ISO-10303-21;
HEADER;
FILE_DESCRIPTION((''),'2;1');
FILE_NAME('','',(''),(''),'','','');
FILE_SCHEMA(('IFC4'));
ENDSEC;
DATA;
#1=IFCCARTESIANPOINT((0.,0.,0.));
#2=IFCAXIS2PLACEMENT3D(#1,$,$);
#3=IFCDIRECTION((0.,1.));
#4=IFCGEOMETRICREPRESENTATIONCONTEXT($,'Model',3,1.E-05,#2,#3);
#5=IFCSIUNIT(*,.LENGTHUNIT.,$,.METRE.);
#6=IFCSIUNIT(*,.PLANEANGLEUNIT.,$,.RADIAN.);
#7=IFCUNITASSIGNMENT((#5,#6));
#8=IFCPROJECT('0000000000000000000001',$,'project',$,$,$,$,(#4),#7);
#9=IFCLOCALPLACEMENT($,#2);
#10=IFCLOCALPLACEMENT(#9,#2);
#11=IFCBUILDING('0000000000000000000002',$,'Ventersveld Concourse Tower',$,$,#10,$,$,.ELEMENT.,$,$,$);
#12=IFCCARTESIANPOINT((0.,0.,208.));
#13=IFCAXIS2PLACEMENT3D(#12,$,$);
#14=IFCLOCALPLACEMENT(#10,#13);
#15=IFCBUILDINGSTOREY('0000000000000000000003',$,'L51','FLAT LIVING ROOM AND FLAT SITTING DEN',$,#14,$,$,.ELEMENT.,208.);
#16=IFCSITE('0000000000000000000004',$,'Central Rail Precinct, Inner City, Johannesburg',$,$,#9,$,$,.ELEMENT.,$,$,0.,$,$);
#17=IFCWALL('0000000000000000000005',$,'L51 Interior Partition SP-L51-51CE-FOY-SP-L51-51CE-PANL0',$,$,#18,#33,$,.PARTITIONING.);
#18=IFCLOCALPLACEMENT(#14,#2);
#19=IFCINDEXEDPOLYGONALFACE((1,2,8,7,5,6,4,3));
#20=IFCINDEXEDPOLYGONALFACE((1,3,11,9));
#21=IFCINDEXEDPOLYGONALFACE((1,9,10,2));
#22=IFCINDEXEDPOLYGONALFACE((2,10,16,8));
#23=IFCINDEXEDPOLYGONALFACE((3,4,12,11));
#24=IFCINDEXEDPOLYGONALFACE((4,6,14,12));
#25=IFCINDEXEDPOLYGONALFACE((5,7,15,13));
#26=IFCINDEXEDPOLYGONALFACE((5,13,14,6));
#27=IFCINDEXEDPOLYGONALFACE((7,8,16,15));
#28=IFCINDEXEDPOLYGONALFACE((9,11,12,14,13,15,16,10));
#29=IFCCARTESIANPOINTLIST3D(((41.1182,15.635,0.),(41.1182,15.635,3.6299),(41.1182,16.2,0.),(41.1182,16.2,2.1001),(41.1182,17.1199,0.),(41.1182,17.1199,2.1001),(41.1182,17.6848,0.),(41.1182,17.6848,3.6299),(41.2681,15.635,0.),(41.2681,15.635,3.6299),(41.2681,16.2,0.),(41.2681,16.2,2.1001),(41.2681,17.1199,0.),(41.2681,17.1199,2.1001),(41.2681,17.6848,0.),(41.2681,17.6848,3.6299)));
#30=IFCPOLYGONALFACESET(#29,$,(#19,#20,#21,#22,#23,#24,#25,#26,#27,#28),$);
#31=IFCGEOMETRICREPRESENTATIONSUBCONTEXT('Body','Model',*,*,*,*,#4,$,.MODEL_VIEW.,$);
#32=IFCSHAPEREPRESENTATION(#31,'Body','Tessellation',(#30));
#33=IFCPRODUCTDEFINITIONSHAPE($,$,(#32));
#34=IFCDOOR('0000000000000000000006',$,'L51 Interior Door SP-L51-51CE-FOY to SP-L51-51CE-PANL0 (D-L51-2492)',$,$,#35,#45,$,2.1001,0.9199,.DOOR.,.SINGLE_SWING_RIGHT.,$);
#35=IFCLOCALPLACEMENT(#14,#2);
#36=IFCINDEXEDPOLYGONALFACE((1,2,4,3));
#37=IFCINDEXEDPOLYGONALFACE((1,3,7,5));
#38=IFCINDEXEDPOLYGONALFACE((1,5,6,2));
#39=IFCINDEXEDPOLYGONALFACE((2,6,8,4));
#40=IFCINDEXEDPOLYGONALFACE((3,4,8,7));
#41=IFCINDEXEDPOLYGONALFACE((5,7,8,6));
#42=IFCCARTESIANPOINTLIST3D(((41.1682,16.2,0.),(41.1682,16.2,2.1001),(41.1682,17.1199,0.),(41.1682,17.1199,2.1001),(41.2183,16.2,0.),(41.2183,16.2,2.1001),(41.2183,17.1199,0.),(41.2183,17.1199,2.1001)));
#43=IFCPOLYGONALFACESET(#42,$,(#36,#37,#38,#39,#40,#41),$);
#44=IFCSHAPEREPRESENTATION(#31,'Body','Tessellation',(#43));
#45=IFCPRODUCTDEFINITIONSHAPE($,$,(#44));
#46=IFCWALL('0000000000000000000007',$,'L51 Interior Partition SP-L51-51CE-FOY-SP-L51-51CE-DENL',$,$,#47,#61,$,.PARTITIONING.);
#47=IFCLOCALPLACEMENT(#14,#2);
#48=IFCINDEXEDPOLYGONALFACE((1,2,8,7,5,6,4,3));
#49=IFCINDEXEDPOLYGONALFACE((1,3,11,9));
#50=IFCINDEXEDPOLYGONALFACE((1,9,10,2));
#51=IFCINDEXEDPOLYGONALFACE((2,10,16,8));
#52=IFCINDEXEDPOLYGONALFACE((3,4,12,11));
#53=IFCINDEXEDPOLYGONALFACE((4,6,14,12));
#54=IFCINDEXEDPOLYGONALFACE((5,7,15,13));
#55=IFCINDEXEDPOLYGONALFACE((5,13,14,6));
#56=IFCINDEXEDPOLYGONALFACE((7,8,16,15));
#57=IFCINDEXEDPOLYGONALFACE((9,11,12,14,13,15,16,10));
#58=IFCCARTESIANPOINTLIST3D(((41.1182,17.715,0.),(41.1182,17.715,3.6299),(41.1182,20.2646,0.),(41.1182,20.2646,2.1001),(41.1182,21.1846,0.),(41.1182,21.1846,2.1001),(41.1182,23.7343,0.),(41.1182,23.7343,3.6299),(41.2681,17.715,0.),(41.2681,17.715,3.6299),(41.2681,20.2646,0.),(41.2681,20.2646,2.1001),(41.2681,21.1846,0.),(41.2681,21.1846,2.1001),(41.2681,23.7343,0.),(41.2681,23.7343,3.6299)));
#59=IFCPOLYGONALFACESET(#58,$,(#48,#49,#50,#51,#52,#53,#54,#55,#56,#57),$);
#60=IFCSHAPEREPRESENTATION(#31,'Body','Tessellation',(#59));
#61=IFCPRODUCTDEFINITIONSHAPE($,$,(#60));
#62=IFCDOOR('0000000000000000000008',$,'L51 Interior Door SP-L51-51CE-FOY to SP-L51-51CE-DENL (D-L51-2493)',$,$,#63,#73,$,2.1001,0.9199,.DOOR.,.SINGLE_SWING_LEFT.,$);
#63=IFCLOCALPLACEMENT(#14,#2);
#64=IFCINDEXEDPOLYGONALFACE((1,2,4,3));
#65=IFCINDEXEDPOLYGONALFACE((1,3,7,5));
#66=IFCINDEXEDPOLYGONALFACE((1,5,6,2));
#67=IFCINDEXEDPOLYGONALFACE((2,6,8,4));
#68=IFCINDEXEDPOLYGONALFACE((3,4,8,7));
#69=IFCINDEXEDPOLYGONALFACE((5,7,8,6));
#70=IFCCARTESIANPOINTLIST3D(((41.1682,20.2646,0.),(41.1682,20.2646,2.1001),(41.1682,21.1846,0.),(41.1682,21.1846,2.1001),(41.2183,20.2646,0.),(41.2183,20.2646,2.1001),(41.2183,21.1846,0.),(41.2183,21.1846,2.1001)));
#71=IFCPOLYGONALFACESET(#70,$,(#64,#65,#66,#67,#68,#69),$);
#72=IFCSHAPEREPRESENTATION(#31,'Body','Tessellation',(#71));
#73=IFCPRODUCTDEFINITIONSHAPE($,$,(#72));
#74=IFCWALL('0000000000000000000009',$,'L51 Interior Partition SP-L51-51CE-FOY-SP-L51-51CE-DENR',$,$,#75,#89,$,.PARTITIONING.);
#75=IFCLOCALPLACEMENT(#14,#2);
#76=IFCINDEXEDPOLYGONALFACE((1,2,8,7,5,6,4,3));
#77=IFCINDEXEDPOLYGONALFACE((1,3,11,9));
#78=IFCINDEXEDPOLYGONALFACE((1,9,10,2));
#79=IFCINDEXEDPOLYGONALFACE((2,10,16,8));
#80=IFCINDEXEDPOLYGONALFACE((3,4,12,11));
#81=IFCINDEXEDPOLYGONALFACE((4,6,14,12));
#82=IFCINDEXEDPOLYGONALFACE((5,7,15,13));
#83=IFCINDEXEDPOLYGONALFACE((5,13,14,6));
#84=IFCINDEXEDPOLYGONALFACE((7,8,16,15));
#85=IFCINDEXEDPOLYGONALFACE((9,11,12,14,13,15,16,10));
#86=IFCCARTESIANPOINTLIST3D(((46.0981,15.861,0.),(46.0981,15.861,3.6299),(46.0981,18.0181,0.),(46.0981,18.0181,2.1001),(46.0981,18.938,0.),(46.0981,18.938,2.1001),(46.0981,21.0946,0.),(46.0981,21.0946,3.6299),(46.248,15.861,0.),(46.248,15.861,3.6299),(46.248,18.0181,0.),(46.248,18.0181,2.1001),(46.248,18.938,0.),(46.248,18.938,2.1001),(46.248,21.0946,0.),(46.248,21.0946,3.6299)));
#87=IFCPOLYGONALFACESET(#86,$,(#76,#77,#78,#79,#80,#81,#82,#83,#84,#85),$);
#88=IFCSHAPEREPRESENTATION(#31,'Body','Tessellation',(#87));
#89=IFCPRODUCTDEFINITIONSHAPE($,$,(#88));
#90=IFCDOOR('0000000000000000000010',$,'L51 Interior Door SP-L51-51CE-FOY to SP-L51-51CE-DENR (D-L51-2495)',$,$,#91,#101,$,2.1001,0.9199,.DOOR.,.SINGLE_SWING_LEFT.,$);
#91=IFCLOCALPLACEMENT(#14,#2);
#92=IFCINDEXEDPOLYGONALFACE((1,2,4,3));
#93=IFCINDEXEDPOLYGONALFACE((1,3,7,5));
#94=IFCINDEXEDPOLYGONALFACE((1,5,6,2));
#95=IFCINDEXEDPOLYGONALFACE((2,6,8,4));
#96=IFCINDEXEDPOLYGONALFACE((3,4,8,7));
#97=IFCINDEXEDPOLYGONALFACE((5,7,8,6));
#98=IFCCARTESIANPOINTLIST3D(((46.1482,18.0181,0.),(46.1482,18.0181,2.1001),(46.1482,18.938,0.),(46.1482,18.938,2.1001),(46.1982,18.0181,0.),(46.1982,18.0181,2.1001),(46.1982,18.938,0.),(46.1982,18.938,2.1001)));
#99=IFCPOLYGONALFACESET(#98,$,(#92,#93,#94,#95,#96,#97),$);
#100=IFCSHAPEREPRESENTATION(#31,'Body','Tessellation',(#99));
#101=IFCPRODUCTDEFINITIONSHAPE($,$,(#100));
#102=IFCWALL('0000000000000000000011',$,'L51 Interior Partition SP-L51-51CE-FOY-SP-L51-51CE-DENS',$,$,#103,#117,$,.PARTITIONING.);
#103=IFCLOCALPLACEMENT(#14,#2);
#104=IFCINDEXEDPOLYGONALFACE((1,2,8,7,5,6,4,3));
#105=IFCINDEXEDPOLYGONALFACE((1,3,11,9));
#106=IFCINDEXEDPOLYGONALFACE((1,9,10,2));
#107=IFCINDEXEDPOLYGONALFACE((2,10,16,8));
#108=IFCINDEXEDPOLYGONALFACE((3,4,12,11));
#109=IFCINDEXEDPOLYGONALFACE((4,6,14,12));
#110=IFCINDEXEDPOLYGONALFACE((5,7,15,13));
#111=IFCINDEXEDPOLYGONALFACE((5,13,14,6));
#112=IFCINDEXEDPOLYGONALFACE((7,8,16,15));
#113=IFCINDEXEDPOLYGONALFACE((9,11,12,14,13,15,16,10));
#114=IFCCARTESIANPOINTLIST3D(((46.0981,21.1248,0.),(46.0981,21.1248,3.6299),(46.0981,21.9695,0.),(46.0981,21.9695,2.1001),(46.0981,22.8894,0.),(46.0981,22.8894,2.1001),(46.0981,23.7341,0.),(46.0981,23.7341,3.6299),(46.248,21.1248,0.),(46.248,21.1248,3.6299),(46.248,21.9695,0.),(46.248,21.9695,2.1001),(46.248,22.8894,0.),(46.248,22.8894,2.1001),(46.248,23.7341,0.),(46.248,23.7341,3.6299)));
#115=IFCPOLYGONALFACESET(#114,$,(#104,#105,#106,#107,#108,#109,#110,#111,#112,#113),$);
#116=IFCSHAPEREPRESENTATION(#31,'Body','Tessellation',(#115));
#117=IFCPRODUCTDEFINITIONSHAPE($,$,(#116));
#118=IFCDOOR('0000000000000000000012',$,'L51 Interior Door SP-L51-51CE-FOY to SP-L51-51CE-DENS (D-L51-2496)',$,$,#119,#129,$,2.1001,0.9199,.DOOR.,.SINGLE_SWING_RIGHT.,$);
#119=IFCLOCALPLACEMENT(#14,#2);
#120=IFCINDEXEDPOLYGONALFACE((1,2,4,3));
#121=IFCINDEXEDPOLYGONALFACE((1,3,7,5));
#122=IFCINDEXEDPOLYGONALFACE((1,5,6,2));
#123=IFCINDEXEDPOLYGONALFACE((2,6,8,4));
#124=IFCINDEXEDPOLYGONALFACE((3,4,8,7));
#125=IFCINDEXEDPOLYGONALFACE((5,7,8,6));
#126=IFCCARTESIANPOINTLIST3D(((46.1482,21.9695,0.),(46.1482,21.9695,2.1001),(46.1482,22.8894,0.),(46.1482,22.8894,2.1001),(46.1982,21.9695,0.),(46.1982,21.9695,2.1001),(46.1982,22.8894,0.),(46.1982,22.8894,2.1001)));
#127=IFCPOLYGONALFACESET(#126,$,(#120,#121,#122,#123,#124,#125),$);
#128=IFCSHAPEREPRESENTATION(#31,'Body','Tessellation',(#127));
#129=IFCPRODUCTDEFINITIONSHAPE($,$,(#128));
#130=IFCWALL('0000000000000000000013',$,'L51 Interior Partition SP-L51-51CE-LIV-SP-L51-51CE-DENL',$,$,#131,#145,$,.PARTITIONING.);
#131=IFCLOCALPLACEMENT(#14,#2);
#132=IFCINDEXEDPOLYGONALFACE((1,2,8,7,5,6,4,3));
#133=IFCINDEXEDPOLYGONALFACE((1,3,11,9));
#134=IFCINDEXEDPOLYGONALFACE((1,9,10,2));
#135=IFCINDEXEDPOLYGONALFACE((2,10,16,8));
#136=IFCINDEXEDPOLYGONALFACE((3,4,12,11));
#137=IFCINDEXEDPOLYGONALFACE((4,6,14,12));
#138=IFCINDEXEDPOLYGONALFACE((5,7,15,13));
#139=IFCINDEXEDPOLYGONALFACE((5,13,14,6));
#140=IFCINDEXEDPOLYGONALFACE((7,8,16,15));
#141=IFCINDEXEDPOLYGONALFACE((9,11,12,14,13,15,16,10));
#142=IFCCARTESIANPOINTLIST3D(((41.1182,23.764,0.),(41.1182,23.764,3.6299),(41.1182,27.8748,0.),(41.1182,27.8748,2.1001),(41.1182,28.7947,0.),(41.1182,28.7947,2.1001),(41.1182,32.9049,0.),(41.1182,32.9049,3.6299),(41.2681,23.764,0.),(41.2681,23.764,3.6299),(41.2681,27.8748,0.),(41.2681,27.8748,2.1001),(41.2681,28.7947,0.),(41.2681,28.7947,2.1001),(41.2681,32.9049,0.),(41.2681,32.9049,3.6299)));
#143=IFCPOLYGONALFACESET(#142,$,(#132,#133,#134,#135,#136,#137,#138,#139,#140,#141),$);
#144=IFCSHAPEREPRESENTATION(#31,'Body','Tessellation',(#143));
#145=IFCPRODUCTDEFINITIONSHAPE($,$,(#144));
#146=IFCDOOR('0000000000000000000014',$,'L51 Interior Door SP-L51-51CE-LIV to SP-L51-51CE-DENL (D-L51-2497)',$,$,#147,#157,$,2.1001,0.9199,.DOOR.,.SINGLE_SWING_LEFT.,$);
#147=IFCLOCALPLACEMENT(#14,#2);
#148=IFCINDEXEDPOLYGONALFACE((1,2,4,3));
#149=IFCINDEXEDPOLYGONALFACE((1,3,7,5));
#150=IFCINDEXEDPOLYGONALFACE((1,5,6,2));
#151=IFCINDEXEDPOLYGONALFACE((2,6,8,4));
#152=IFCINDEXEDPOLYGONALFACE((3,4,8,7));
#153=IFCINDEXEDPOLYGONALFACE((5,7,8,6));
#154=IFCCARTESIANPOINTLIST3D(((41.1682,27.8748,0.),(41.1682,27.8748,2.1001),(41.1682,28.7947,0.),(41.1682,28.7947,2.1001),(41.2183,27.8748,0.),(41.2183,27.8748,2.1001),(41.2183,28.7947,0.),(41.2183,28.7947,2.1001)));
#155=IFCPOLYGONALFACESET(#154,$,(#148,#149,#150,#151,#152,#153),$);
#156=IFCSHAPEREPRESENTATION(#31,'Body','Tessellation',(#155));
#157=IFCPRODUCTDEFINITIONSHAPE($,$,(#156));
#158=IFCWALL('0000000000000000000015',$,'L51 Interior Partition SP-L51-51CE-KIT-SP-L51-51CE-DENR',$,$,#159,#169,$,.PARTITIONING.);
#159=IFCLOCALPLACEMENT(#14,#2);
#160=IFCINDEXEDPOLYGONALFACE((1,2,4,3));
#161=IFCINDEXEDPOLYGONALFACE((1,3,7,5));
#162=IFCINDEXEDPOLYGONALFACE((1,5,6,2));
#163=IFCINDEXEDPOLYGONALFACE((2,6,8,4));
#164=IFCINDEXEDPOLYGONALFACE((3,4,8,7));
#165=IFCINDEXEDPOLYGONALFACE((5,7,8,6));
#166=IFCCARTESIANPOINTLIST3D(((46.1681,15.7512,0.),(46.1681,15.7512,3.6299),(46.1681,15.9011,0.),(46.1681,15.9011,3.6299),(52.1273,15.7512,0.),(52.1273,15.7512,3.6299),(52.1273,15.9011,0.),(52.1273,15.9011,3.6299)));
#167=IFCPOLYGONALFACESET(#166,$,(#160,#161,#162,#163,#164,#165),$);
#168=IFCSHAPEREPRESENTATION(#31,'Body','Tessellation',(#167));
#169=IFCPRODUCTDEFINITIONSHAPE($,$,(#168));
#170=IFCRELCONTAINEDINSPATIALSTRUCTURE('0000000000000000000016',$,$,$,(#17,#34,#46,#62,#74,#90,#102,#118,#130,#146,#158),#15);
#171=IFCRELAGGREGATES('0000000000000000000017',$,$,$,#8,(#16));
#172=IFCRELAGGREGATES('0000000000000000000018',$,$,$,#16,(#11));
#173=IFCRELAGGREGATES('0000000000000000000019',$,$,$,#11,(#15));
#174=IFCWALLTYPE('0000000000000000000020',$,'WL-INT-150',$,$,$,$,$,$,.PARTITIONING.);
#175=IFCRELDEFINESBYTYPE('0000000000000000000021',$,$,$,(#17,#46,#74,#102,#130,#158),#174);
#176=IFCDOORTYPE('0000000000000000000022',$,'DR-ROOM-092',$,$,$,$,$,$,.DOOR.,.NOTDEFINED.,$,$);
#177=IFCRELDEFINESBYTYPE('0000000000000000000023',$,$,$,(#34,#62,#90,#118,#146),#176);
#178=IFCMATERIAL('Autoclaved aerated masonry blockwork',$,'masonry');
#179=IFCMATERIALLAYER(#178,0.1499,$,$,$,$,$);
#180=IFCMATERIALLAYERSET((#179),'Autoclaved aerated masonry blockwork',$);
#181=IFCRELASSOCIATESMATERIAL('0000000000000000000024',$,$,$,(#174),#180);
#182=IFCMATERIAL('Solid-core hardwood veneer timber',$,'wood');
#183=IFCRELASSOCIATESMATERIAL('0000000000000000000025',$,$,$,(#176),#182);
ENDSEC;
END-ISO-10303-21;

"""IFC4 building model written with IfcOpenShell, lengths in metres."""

from ifc_helpers import new_model, si_unit, direction, frame, frame_2d, origin, place, context, subcontext, project, spatial, rectangle, extrude, material, layer, layer_set, type_object, element, fill, save


model = new_model("IFC4")

# Units and contexts
model_context = context("Model", 3, precision=1e-05, world=origin(), true_north=direction((0.0, 1.0)))
body_context = subcontext(model_context, "Body", "Model", "MODEL_VIEW")
ifc_project = project(units=[si_unit("LENGTHUNIT", "METRE"), si_unit("PLANEANGLEUNIT", "RADIAN")], contexts=[model_context])

# Site, building, storey
site_placement = place(None, origin())
site = spatial("IfcSite", under=ifc_project, at=site_placement, Name="Central Rail Precinct, Inner City, Johannesburg", CompositionType="ELEMENT", RefElevation=0.0)
building_placement = place(site_placement, origin())
building = spatial("IfcBuilding", under=site, at=building_placement, Name="Ventersveld Concourse Tower", CompositionType="ELEMENT")
storey_placement = place(building_placement, frame((0.0, 0.0, 208.0)))
storey = spatial("IfcBuildingStorey", under=building, at=storey_placement, Name="L51", Description="FLAT LIVING ROOM AND FLAT SITTING DEN", CompositionType="ELEMENT", Elevation=208.0)

# Walls, openings, doors
ifc_material_1 = material(Name="Autoclaved aerated masonry blockwork", Category="masonry")
ifc_layer = layer(ifc_material_1, 0.1499)
ifc_layer_set = layer_set([ifc_layer], Name="Autoclaved aerated masonry blockwork")
wall_type = type_object("IfcWallType", Name="WL-INT-150", PredefinedType="PARTITIONING", material=ifc_layer_set)
ifc_material_2 = material(Name="Solid-core hardwood veneer timber", Category="wood")
door_type = type_object("IfcDoorType", Name="DR-ROOM-092", OperationType="NOTDEFINED", PredefinedType="DOOR", material=ifc_material_2)
wall_1_placement = place(storey_placement, frame((41.1931, 15.635, 0.0), z_axis=(0.0, 0.0, 1.0), x_axis=(0.0, 1.0, 0.0)))
wall_1 = element("IfcWall", 1, at=wall_1_placement, inside=storey, type_object=wall_type, Name="L51 Interior Partition SP-L51-51CE-FOY-SP-L51-51CE-PANL0", PredefinedType="PARTITIONING", context=body_context, shape_type="SweptSolid", body=[
    extrude(rectangle(XDim=2.0498, YDim=0.1499, at=frame_2d((1.0249, 0.0))), origin(), (0.0, 0.0, 1.0), 3.6299),
])
opening_1_placement = place(wall_1_placement, frame((0.5649, 0.0, 0.0)))
opening_1 = element("IfcOpeningElement", 2, at=opening_1_placement, cuts=wall_1, PredefinedType="OPENING", context=body_context, shape_type="SweptSolid", body=[
    extrude(rectangle(XDim=0.9199, YDim=2.1001, at=frame_2d((0.46, 1.05))), frame((0.0, 0.085, 0.0), z_axis=(0.0, -1.0, 0.0), x_axis=(1.0, 0.0, 0.0)), (0.0, 0.0, 1.0), 0.1699),
])
door_1_placement = place(opening_1_placement, origin())
door_1 = element("IfcDoor", 3, at=door_1_placement, inside=storey, type_object=door_type, Name="L51 Interior Door SP-L51-51CE-FOY to SP-L51-51CE-PANL0 (D-L51-2492)", OperationType="SINGLE_SWING_RIGHT", OverallHeight=2.1001, OverallWidth=0.9199, PredefinedType="DOOR", context=body_context, shape_type="SweptSolid", body=[
    extrude(rectangle(XDim=0.9199, YDim=2.1001, at=frame_2d((0.46, 1.05))), frame((0.0, 0.0249, 0.0), z_axis=(0.0, -1.0, 0.0), x_axis=(1.0, 0.0, 0.0)), (0.0, 0.0, 1.0), 0.05),
])
fill(opening_1, door_1)
wall_2_placement = place(storey_placement, frame((41.1931, 17.7148, 0.0), z_axis=(0.0, 0.0, 1.0), x_axis=(0.0, 1.0, 0.0)))
wall_2 = element("IfcWall", 4, at=wall_2_placement, inside=storey, type_object=wall_type, Name="L51 Interior Partition SP-L51-51CE-FOY-SP-L51-51CE-DENL", PredefinedType="PARTITIONING", context=body_context, shape_type="SweptSolid", body=[
    extrude(rectangle(XDim=6.0193, YDim=0.1499, at=frame_2d((3.0098, 0.0))), origin(), (0.0, 0.0, 1.0), 3.6299),
])
opening_2_placement = place(wall_2_placement, frame((2.5498, 0.0, 0.0)))
opening_2 = element("IfcOpeningElement", 5, at=opening_2_placement, cuts=wall_2, PredefinedType="OPENING", context=body_context, shape_type="SweptSolid", body=[
    extrude(rectangle(XDim=0.9199, YDim=2.1001, at=frame_2d((0.46, 1.05))), frame((0.0, 0.085, 0.0), z_axis=(0.0, -1.0, 0.0), x_axis=(1.0, 0.0, 0.0)), (0.0, 0.0, 1.0), 0.1699),
])
door_2_placement = place(opening_2_placement, origin())
door_2 = element("IfcDoor", 6, at=door_2_placement, inside=storey, type_object=door_type, Name="L51 Interior Door SP-L51-51CE-FOY to SP-L51-51CE-DENL (D-L51-2493)", OperationType="SINGLE_SWING_LEFT", OverallHeight=2.1001, OverallWidth=0.9199, PredefinedType="DOOR", context=body_context, shape_type="SweptSolid", body=[
    extrude(rectangle(XDim=0.9199, YDim=2.1001, at=frame_2d((0.46, 1.05))), frame((0.0, 0.0249, 0.0), z_axis=(0.0, -1.0, 0.0), x_axis=(1.0, 0.0, 0.0)), (0.0, 0.0, 1.0), 0.05),
])
fill(opening_2, door_2)
wall_3_placement = place(storey_placement, frame((46.1731, 15.8611, 0.0), z_axis=(0.0, 0.0, 1.0), x_axis=(0.0, 1.0, 0.0)))
wall_3 = element("IfcWall", 7, at=wall_3_placement, inside=storey, type_object=wall_type, Name="L51 Interior Partition SP-L51-51CE-FOY-SP-L51-51CE-DENR", PredefinedType="PARTITIONING", context=body_context, shape_type="SweptSolid", body=[
    extrude(rectangle(XDim=5.2336, YDim=0.1499, at=frame_2d((2.6167, 0.0))), origin(), (0.0, 0.0, 1.0), 3.6299),
])
opening_3_placement = place(wall_3_placement, frame((2.157, 0.0, 0.0)))
opening_3 = element("IfcOpeningElement", 8, at=opening_3_placement, cuts=wall_3, PredefinedType="OPENING", context=body_context, shape_type="SweptSolid", body=[
    extrude(rectangle(XDim=0.9199, YDim=2.1001, at=frame_2d((0.46, 1.05))), frame((0.0, 0.085, 0.0), z_axis=(0.0, -1.0, 0.0), x_axis=(1.0, 0.0, 0.0)), (0.0, 0.0, 1.0), 0.1699),
])
door_3_placement = place(opening_3_placement, origin())
door_3 = element("IfcDoor", 9, at=door_3_placement, inside=storey, type_object=door_type, Name="L51 Interior Door SP-L51-51CE-FOY to SP-L51-51CE-DENR (D-L51-2495)", OperationType="SINGLE_SWING_LEFT", OverallHeight=2.1001, OverallWidth=0.9199, PredefinedType="DOOR", context=body_context, shape_type="SweptSolid", body=[
    extrude(rectangle(XDim=0.9199, YDim=2.1001, at=frame_2d((0.46, 1.05))), frame((0.0, 0.0249, 0.0), z_axis=(0.0, -1.0, 0.0), x_axis=(1.0, 0.0, 0.0)), (0.0, 0.0, 1.0), 0.05),
])
fill(opening_3, door_3)
wall_4_placement = place(storey_placement, frame((46.1731, 21.1248, 0.0), z_axis=(0.0, 0.0, 1.0), x_axis=(0.0, 1.0, 0.0)))
wall_4 = element("IfcWall", 10, at=wall_4_placement, inside=storey, type_object=wall_type, Name="L51 Interior Partition SP-L51-51CE-FOY-SP-L51-51CE-DENS", PredefinedType="PARTITIONING", context=body_context, shape_type="SweptSolid", body=[
    extrude(rectangle(XDim=2.6094, YDim=0.1499, at=frame_2d((1.3047, 0.0))), origin(), (0.0, 0.0, 1.0), 3.6299),
])
opening_4_placement = place(wall_4_placement, frame((0.8447, 0.0, 0.0)))
opening_4 = element("IfcOpeningElement", 11, at=opening_4_placement, cuts=wall_4, PredefinedType="OPENING", context=body_context, shape_type="SweptSolid", body=[
    extrude(rectangle(XDim=0.9199, YDim=2.1001, at=frame_2d((0.46, 1.05))), frame((0.0, 0.085, 0.0), z_axis=(0.0, -1.0, 0.0), x_axis=(1.0, 0.0, 0.0)), (0.0, 0.0, 1.0), 0.1699),
])
door_4_placement = place(opening_4_placement, origin())
door_4 = element("IfcDoor", 12, at=door_4_placement, inside=storey, type_object=door_type, Name="L51 Interior Door SP-L51-51CE-FOY to SP-L51-51CE-DENS (D-L51-2496)", OperationType="SINGLE_SWING_RIGHT", OverallHeight=2.1001, OverallWidth=0.9199, PredefinedType="DOOR", context=body_context, shape_type="SweptSolid", body=[
    extrude(rectangle(XDim=0.9199, YDim=2.1001, at=frame_2d((0.46, 1.05))), frame((0.0, 0.0249, 0.0), z_axis=(0.0, -1.0, 0.0), x_axis=(1.0, 0.0, 0.0)), (0.0, 0.0, 1.0), 0.05),
])
fill(opening_4, door_4)
wall_5_placement = place(storey_placement, frame((41.1931, 23.7642, 0.0), z_axis=(0.0, 0.0, 1.0), x_axis=(0.0, 1.0, 0.0)))
wall_5 = element("IfcWall", 13, at=wall_5_placement, inside=storey, type_object=wall_type, Name="L51 Interior Partition SP-L51-51CE-LIV-SP-L51-51CE-DENL", PredefinedType="PARTITIONING", context=body_context, shape_type="SweptSolid", body=[
    extrude(rectangle(XDim=9.1409, YDim=0.1499, at=frame_2d((4.5703, 0.0))), origin(), (0.0, 0.0, 1.0), 3.6299),
])
opening_5_placement = place(wall_5_placement, frame((4.1106, 0.0, 0.0)))
opening_5 = element("IfcOpeningElement", 14, at=opening_5_placement, cuts=wall_5, PredefinedType="OPENING", context=body_context, shape_type="SweptSolid", body=[
    extrude(rectangle(XDim=0.9199, YDim=2.1001, at=frame_2d((0.46, 1.05))), frame((0.0, 0.085, 0.0), z_axis=(0.0, -1.0, 0.0), x_axis=(1.0, 0.0, 0.0)), (0.0, 0.0, 1.0), 0.1699),
])
door_5_placement = place(opening_5_placement, origin())
door_5 = element("IfcDoor", 15, at=door_5_placement, inside=storey, type_object=door_type, Name="L51 Interior Door SP-L51-51CE-LIV to SP-L51-51CE-DENL (D-L51-2497)", OperationType="SINGLE_SWING_LEFT", OverallHeight=2.1001, OverallWidth=0.9199, PredefinedType="DOOR", context=body_context, shape_type="SweptSolid", body=[
    extrude(rectangle(XDim=0.9199, YDim=2.1001, at=frame_2d((0.46, 1.05))), frame((0.0, 0.0249, 0.0), z_axis=(0.0, -1.0, 0.0), x_axis=(1.0, 0.0, 0.0)), (0.0, 0.0, 1.0), 0.05),
])
fill(opening_5, door_5)

# Wall
for number, where, z_axis, x_axis, name in (
    (16, (46.1682, 15.8262, 0.0), (0.0, 0.0, 1.0), (1.0, 0.0, 0.0), "L51 Interior Partition SP-L51-51CE-KIT-SP-L51-51CE-DENR"),
):
    element("IfcWall", number, at=place(storey_placement, frame(where, z_axis=z_axis, x_axis=x_axis)), inside=storey, type_object=wall_type, Name=name, PredefinedType="PARTITIONING", context=body_context, shape_type="SweptSolid", body=[
        extrude(rectangle(XDim=5.9592, YDim=0.1499, at=frame_2d((2.9795, 0.0))), origin(), (0.0, 0.0, 1.0), 3.6299),
    ])

save(model, "model.ifc")
